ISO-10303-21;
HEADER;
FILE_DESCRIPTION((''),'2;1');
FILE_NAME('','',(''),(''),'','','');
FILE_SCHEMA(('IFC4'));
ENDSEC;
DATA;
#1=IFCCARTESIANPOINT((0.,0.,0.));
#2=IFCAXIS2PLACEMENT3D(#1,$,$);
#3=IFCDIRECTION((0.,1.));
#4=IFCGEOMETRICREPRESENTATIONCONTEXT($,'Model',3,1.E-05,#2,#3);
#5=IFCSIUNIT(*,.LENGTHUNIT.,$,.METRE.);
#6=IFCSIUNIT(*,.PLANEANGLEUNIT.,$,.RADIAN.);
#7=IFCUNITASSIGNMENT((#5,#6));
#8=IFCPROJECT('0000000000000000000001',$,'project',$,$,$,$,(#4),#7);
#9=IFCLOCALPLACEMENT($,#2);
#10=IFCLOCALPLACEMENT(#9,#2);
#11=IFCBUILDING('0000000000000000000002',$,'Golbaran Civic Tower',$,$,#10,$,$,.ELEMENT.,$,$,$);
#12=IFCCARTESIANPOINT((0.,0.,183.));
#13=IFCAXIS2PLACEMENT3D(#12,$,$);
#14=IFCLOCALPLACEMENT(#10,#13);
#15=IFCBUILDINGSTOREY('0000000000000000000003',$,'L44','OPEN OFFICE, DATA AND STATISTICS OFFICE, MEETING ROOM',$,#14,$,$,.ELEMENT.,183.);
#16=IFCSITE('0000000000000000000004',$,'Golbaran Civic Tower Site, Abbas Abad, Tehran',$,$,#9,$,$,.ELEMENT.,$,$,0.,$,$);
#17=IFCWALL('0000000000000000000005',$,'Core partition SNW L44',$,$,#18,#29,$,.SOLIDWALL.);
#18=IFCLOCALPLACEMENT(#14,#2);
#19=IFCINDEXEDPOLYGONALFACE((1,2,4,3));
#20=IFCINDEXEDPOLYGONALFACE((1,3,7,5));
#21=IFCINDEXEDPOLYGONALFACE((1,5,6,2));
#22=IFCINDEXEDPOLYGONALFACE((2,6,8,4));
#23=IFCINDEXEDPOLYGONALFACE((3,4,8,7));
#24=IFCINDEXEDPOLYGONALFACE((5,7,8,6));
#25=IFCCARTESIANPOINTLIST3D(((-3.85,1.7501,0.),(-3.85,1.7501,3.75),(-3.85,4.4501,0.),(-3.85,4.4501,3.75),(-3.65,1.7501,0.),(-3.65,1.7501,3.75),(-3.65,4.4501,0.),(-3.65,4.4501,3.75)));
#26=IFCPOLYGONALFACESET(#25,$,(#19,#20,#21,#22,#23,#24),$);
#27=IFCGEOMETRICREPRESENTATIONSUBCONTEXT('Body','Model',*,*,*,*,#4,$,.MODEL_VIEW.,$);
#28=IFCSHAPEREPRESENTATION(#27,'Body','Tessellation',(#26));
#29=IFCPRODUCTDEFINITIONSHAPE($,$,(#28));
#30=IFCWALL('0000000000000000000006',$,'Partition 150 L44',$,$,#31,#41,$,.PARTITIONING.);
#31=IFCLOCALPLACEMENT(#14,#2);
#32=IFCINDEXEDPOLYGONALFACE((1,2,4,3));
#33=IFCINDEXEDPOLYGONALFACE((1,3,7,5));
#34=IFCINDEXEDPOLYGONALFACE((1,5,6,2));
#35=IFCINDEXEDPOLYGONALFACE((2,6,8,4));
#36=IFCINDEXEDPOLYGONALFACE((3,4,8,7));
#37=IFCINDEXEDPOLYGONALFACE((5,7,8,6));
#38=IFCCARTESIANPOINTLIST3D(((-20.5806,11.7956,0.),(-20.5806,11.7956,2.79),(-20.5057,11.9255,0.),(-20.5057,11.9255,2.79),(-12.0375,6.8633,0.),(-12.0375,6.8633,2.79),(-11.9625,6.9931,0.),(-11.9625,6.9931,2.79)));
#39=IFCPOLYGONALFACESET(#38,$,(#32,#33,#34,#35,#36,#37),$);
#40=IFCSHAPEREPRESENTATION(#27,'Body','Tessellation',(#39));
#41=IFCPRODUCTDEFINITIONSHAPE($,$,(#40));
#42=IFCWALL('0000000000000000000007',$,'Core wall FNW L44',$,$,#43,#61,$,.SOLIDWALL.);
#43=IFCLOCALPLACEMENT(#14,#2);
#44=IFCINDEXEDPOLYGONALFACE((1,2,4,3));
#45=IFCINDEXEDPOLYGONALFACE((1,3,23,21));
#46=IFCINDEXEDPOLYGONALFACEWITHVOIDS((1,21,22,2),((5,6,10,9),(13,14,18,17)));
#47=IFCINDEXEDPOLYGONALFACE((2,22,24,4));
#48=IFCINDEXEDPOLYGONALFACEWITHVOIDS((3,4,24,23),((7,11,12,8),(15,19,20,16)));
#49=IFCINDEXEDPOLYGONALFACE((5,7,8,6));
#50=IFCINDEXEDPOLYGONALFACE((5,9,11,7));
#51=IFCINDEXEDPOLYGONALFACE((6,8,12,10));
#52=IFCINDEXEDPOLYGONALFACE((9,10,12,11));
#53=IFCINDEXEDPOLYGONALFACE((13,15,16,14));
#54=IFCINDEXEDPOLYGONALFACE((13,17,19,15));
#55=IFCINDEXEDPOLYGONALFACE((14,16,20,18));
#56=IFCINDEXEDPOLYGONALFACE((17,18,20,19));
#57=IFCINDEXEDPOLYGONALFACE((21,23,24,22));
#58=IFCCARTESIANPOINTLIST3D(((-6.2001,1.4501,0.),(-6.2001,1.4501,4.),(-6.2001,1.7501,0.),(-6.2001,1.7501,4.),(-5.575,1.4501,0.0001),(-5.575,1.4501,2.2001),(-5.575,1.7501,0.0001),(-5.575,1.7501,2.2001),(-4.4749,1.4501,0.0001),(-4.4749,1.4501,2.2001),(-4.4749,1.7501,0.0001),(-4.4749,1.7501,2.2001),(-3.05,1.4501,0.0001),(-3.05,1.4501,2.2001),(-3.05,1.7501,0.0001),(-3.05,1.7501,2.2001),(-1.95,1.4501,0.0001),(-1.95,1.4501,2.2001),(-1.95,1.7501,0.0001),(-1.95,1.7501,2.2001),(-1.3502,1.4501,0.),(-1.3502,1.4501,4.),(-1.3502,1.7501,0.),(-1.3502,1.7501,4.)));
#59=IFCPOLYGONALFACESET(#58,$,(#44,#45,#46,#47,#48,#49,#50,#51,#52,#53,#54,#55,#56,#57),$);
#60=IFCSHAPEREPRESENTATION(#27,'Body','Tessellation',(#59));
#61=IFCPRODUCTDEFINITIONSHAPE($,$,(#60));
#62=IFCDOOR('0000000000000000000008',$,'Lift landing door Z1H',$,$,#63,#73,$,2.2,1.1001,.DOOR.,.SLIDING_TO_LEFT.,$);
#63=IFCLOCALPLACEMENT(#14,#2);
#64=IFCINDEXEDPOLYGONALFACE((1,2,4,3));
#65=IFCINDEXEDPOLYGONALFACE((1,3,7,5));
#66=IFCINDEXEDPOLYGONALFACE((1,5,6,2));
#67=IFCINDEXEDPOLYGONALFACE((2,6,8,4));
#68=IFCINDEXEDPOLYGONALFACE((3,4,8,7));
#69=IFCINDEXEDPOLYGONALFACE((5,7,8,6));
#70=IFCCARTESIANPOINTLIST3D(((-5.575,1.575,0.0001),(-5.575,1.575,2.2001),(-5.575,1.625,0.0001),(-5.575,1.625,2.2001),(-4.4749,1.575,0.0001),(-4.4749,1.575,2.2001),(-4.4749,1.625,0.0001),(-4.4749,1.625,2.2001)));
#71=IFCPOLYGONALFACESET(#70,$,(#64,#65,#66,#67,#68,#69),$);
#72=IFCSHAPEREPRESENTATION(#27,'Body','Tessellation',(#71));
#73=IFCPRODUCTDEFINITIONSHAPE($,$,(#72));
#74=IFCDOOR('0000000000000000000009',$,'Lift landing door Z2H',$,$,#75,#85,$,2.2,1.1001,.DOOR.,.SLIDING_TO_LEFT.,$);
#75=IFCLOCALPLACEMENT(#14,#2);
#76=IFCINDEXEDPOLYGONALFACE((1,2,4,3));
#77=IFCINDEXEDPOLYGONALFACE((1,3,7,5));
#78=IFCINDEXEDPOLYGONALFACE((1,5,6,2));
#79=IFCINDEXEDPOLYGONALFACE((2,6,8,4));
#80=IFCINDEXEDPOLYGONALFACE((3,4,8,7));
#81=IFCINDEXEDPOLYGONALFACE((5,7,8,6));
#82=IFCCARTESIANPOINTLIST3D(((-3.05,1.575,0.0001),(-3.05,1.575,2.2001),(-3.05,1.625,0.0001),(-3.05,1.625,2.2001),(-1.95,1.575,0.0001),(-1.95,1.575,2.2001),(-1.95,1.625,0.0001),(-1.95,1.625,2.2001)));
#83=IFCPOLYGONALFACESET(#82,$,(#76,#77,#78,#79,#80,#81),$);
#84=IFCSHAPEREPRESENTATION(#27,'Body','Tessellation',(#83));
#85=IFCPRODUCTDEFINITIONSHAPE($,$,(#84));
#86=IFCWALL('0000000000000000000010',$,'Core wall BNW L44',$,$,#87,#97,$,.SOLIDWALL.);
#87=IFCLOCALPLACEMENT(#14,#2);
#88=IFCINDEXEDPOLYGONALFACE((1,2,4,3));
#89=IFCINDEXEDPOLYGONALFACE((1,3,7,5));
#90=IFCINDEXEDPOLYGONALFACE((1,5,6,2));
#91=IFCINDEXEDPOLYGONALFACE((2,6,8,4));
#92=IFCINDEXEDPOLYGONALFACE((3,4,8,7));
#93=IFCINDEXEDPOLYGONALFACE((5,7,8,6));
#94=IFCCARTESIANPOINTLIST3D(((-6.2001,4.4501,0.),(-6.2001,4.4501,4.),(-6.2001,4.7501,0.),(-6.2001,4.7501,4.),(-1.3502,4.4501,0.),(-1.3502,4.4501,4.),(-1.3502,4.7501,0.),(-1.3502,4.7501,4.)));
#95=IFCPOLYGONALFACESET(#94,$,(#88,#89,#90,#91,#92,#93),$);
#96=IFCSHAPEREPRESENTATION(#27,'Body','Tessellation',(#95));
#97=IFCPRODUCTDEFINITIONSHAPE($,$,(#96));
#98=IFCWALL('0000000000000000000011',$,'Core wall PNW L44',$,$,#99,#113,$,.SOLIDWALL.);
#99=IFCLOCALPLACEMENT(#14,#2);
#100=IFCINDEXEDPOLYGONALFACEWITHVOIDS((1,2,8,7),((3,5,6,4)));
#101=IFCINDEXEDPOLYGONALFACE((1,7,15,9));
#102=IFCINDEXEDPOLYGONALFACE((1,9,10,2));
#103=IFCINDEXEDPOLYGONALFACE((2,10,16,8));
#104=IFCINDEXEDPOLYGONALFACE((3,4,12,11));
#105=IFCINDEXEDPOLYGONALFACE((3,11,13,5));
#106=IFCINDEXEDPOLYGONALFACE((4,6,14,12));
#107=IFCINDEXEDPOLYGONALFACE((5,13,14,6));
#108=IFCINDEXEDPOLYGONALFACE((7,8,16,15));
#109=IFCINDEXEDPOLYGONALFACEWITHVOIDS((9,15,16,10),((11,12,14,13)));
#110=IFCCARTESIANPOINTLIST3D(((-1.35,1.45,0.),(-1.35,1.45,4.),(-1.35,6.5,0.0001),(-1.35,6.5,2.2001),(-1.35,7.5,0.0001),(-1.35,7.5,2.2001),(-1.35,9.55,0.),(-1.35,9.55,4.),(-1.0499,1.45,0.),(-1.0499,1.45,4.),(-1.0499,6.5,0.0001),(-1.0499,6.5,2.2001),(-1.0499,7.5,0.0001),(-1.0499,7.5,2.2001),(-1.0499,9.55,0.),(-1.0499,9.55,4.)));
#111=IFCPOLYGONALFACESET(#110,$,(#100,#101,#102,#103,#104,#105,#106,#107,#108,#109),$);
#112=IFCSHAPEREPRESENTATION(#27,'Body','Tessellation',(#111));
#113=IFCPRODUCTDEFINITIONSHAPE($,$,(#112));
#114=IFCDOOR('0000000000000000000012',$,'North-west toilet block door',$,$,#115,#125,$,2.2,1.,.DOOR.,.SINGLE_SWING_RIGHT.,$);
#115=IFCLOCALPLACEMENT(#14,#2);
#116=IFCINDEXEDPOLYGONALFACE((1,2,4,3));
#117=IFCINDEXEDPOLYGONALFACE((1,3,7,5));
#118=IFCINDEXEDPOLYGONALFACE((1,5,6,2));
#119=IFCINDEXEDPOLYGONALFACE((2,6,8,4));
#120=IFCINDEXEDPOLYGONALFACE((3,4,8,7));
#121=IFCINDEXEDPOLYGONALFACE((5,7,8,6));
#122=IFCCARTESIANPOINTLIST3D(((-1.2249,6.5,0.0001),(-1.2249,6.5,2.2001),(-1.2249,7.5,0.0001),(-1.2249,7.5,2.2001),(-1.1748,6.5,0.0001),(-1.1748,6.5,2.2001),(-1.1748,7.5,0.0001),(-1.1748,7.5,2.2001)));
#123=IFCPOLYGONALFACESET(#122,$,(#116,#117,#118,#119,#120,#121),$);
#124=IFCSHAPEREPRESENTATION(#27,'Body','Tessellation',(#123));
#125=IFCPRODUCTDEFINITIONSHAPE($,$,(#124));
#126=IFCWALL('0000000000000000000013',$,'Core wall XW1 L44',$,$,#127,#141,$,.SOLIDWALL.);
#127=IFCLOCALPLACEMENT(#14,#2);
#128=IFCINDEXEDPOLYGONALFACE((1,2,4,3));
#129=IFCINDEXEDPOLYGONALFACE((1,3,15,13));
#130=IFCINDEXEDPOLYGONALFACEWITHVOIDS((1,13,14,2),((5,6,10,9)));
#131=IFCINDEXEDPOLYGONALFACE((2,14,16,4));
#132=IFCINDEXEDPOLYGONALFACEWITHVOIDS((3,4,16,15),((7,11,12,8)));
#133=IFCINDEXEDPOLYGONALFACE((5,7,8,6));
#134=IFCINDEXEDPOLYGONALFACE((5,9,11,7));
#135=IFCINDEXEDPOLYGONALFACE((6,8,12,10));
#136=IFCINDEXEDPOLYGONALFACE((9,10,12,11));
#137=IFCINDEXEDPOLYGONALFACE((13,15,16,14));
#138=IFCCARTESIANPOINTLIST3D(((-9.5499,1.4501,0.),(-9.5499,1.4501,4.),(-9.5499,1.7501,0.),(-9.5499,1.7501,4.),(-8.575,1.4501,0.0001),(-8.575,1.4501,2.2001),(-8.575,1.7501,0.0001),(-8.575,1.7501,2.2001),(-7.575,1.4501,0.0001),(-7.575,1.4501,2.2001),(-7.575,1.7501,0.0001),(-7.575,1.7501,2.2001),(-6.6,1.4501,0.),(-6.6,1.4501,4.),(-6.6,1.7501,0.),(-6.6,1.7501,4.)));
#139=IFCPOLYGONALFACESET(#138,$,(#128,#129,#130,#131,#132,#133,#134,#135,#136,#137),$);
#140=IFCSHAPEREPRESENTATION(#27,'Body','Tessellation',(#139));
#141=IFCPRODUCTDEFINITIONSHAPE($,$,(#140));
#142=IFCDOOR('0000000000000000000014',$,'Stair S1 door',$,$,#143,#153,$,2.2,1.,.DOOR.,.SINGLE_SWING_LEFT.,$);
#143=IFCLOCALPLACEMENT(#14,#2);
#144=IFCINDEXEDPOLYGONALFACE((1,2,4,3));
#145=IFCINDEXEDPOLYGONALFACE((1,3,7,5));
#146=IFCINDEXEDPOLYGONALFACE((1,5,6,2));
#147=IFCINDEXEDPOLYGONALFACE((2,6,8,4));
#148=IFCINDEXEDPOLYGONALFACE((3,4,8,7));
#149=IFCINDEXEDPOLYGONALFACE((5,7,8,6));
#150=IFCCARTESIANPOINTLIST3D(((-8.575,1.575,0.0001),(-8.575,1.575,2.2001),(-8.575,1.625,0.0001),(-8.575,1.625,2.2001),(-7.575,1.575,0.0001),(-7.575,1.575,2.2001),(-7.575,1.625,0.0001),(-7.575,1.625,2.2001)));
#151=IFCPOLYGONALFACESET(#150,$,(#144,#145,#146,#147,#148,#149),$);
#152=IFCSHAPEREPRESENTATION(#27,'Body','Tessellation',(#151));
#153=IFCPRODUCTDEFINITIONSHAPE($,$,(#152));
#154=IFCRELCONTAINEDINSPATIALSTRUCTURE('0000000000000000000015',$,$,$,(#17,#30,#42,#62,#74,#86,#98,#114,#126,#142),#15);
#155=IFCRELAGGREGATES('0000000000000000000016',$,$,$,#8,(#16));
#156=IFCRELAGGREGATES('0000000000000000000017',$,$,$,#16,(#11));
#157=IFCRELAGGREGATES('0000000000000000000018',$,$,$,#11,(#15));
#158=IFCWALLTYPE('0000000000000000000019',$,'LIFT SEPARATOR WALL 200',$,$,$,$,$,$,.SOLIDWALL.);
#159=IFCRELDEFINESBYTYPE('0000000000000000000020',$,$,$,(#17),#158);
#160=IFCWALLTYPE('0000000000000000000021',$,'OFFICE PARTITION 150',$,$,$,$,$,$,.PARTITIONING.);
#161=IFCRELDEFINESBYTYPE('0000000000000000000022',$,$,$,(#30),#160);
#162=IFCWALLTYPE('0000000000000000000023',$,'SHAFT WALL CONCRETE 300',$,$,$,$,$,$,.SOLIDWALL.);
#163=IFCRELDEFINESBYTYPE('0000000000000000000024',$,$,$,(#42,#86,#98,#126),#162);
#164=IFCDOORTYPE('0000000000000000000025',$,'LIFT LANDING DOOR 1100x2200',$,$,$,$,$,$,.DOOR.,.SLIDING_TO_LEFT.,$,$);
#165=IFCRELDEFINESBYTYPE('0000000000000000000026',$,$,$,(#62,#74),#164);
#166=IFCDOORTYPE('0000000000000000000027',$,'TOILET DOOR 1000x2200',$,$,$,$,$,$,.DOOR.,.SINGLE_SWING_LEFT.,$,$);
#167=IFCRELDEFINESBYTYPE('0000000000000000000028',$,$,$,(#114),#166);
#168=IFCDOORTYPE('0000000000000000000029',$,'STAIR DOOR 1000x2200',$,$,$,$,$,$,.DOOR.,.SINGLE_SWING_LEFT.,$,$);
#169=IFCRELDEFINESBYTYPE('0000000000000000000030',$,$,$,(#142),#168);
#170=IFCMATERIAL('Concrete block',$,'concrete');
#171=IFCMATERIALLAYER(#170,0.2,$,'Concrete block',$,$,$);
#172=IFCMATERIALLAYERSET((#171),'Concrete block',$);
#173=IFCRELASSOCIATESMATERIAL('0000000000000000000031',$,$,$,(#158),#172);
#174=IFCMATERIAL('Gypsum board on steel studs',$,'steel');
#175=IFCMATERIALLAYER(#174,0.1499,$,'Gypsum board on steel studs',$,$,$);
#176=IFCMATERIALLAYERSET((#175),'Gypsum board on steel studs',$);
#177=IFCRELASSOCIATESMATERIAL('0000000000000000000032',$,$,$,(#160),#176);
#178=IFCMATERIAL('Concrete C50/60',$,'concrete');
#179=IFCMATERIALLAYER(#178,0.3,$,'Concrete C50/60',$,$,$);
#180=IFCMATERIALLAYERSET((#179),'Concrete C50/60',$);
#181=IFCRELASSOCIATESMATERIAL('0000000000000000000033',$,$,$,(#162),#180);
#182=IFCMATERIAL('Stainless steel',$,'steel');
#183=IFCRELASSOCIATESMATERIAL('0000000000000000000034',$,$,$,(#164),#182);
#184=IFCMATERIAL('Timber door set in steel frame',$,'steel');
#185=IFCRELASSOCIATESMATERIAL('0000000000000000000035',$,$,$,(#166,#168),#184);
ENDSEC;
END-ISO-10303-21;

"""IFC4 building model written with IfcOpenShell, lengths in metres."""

from ifc_helpers import new_model, si_unit, direction, frame, frame_2d, origin, place, context, subcontext, project, spatial, rectangle, extrude, material, layer, layer_set, type_object, element, fill, save


model = new_model("IFC4")

# Units and contexts
model_context = context("Model", 3, precision=1e-05, world=origin(), true_north=direction((0.0, 1.0)))
body_context = subcontext(model_context, "Body", "Model", "MODEL_VIEW")
ifc_project = project(units=[si_unit("LENGTHUNIT", "METRE"), si_unit("PLANEANGLEUNIT", "RADIAN")], contexts=[model_context])

# Site, building, storey
site_placement = place(None, origin())
site = spatial("IfcSite", under=ifc_project, at=site_placement, Name="Golbaran Civic Tower Site, Abbas Abad, Tehran", CompositionType="ELEMENT", RefElevation=0.0)
building_placement = place(site_placement, origin())
building = spatial("IfcBuilding", under=site, at=building_placement, Name="Golbaran Civic Tower", CompositionType="ELEMENT")
storey_placement = place(building_placement, frame((0.0, 0.0, 183.0)))
storey = spatial("IfcBuildingStorey", under=building, at=storey_placement, Name="L44", Description="OPEN OFFICE, DATA AND STATISTICS OFFICE, MEETING ROOM", CompositionType="ELEMENT", Elevation=183.0)

# Shared definitions
ifc_material_1 = material(Name="Concrete C50/60", Category="concrete")
ifc_material_2 = material(Name="Timber door set in steel frame", Category="steel")

# Walls
ifc_material_3 = material(Name="Concrete block", Category="concrete")
ifc_layer_1 = layer(ifc_material_3, 0.2, Name="Concrete block")
ifc_layer_set_1 = layer_set([ifc_layer_1], Name="Concrete block")
wall_type_1 = type_object("IfcWallType", Name="LIFT SEPARATOR WALL 200", PredefinedType="SOLIDWALL", material=ifc_layer_set_1)
wall_1_placement = place(storey_placement, frame((-3.75, 1.75, 0.0), z_axis=(0.0, 0.0, 1.0), x_axis=(0.0, 1.0, 0.0)))
element("IfcWall", 1, at=wall_1_placement, inside=storey, type_object=wall_type_1, Name="Core partition SNW L44", PredefinedType="SOLIDWALL", context=body_context, shape_type="SweptSolid", body=[
    extrude(rectangle(XDim=2.7, YDim=0.2, at=frame_2d((1.3501, 0.0))), origin(), (0.0, 0.0, 1.0), 3.75),
])
ifc_material_4 = material(Name="Gypsum board on steel studs", Category="steel")
ifc_layer_2 = layer(ifc_material_4, 0.1499, Name="Gypsum board on steel studs")
ifc_layer_set_2 = layer_set([ifc_layer_2], Name="Gypsum board on steel studs")
wall_type_2 = type_object("IfcWallType", Name="OFFICE PARTITION 150", PredefinedType="PARTITIONING", material=ifc_layer_set_2)
wall_2_placement = place(storey_placement, frame((-12.0, 6.9282, 0.0), z_axis=(0.0, 0.0, 1.0), x_axis=(-0.866028, 0.499996, 0.0)))
element("IfcWall", 2, at=wall_2_placement, inside=storey, type_object=wall_type_2, Name="Partition 150 L44", PredefinedType="PARTITIONING", context=body_context, shape_type="SweptSolid", body=[
    extrude(rectangle(XDim=9.8647, YDim=0.1499, at=frame_2d((4.9324, 0.0))), origin(), (0.0, 0.0, 1.0), 2.79),
])

# Wall, openings, doors
ifc_layer_3 = layer(ifc_material_1, 0.3, Name="Concrete C50/60")
ifc_layer_set_3 = layer_set([ifc_layer_3], Name="Concrete C50/60")
wall_type_3 = type_object("IfcWallType", Name="SHAFT WALL CONCRETE 300", PredefinedType="SOLIDWALL", material=ifc_layer_set_3)
wall_3_placement = place(storey_placement, frame((-6.2, 1.6001, 0.0), z_axis=(0.0, 0.0, 1.0), x_axis=(1.0, 0.0, 0.0)))
wall_3 = element("IfcWall", 3, at=wall_3_placement, inside=storey, type_object=wall_type_3, Name="Core wall FNW L44", PredefinedType="SOLIDWALL", context=body_context, shape_type="SweptSolid", body=[
    extrude(rectangle(XDim=4.8499, YDim=0.3, at=frame_2d((2.4248, 0.0))), origin(), (0.0, 0.0, 1.0), 4.0),
])
opening_1_placement = place(wall_3_placement, frame((0.625, 0.0, 0.0)))
opening_1 = element("IfcOpeningElement", 4, at=opening_1_placement, cuts=wall_3, PredefinedType="OPENING", context=body_context, shape_type="SweptSolid", body=[
    extrude(rectangle(XDim=1.1001, YDim=2.2, at=frame_2d((0.55, 1.1001))), frame((0.0, 0.1599, 0.0), z_axis=(0.0, -1.0, 0.0), x_axis=(1.0, 0.0, 0.0)), (0.0, 0.0, 1.0), 0.3201),
])
opening_2_placement = place(wall_3_placement, frame((3.1499, 0.0, 0.0)))
opening_2 = element("IfcOpeningElement", 5, at=opening_2_placement, cuts=wall_3, PredefinedType="OPENING", context=body_context, shape_type="SweptSolid", body=[
    extrude(rectangle(XDim=1.1001, YDim=2.2, at=frame_2d((0.55, 1.1001))), frame((0.0, 0.1599, 0.0), z_axis=(0.0, -1.0, 0.0), x_axis=(1.0, 0.0, 0.0)), (0.0, 0.0, 1.0), 0.3201),
])
ifc_material_5 = material(Name="Stainless steel", Category="steel")
door_type_1 = type_object("IfcDoorType", Name="LIFT LANDING DOOR 1100x2200", OperationType="SLIDING_TO_LEFT", PredefinedType="DOOR", material=ifc_material_5)
door_1_placement = place(opening_1_placement, origin())
door_1 = element("IfcDoor", 6, at=door_1_placement, inside=storey, type_object=door_type_1, Name="Lift landing door Z1H", OperationType="SLIDING_TO_LEFT", OverallHeight=2.2, OverallWidth=1.1001, PredefinedType="DOOR", context=body_context, shape_type="SweptSolid", body=[
    extrude(rectangle(XDim=1.1001, YDim=2.2, at=frame_2d((0.55, 1.1001))), frame((0.0, 0.0249, 0.0), z_axis=(0.0, -1.0, 0.0), x_axis=(1.0, 0.0, 0.0)), (0.0, 0.0, 1.0), 0.05),
])
fill(opening_1, door_1)
door_2_placement = place(opening_2_placement, origin())
door_2 = element("IfcDoor", 7, at=door_2_placement, inside=storey, type_object=door_type_1, Name="Lift landing door Z2H", OperationType="SLIDING_TO_LEFT", OverallHeight=2.2, OverallWidth=1.1001, PredefinedType="DOOR", context=body_context, shape_type="SweptSolid", body=[
    extrude(rectangle(XDim=1.1001, YDim=2.2, at=frame_2d((0.55, 1.1001))), frame((0.0, 0.0249, 0.0), z_axis=(0.0, -1.0, 0.0), x_axis=(1.0, 0.0, 0.0)), (0.0, 0.0, 1.0), 0.05),
])
fill(opening_2, door_2)

# Wall
wall_4_placement = place(storey_placement, frame((-6.2, 4.6001, 0.0), z_axis=(0.0, 0.0, 1.0), x_axis=(1.0, 0.0, 0.0)))
element("IfcWall", 8, at=wall_4_placement, inside=storey, type_object=wall_type_3, Name="Core wall BNW L44", PredefinedType="SOLIDWALL", context=body_context, shape_type="SweptSolid", body=[
    extrude(rectangle(XDim=4.8499, YDim=0.3, at=frame_2d((2.4248, 0.0))), origin(), (0.0, 0.0, 1.0), 4.0),
])

# Walls, openings, doors
wall_5_placement = place(storey_placement, frame((-1.2, 1.45, 0.0), z_axis=(0.0, 0.0, 1.0), x_axis=(0.0, 1.0, 0.0)))
wall_5 = element("IfcWall", 9, at=wall_5_placement, inside=storey, type_object=wall_type_3, Name="Core wall PNW L44", PredefinedType="SOLIDWALL", context=body_context, shape_type="SweptSolid", body=[
    extrude(rectangle(XDim=8.1001, YDim=0.3, at=frame_2d((4.05, 0.0))), origin(), (0.0, 0.0, 1.0), 4.0),
])
opening_3_placement = place(wall_5_placement, frame((5.05, 0.0, 0.0)))
opening_3 = element("IfcOpeningElement", 10, at=opening_3_placement, cuts=wall_5, PredefinedType="OPENING", context=body_context, shape_type="SweptSolid", body=[
    extrude(rectangle(XDim=1.0, YDim=2.2, at=frame_2d((0.5, 1.1001))), frame((0.0, 0.1599, 0.0), z_axis=(0.0, -1.0, 0.0), x_axis=(1.0, 0.0, 0.0)), (0.0, 0.0, 1.0), 0.3201),
])
door_type_2 = type_object("IfcDoorType", Name="TOILET DOOR 1000x2200", OperationType="SINGLE_SWING_LEFT", PredefinedType="DOOR", material=ifc_material_2)
door_3_placement = place(opening_3_placement, origin())
door_3 = element("IfcDoor", 11, at=door_3_placement, inside=storey, type_object=door_type_2, Name="North-west toilet block door", OperationType="SINGLE_SWING_RIGHT", OverallHeight=2.2, OverallWidth=1.0, PredefinedType="DOOR", context=body_context, shape_type="SweptSolid", body=[
    extrude(rectangle(XDim=1.0, YDim=2.2, at=frame_2d((0.5, 1.1001))), frame((0.0, 0.0249, 0.0), z_axis=(0.0, -1.0, 0.0), x_axis=(1.0, 0.0, 0.0)), (0.0, 0.0, 1.0), 0.05),
])
fill(opening_3, door_3)
wall_6_placement = place(storey_placement, frame((-9.55, 1.6001, 0.0), z_axis=(0.0, 0.0, 1.0), x_axis=(1.0, 0.0, 0.0)))
wall_6 = element("IfcWall", 12, at=wall_6_placement, inside=storey, type_object=wall_type_3, Name="Core wall XW1 L44", PredefinedType="SOLIDWALL", context=body_context, shape_type="SweptSolid", body=[
    extrude(rectangle(XDim=2.95, YDim=0.3, at=frame_2d((1.4751, 0.0))), origin(), (0.0, 0.0, 1.0), 4.0),
])
opening_4_placement = place(wall_6_placement, frame((0.9751, 0.0, 0.0)))
opening_4 = element("IfcOpeningElement", 13, at=opening_4_placement, cuts=wall_6, PredefinedType="OPENING", context=body_context, shape_type="SweptSolid", body=[
    extrude(rectangle(XDim=1.0, YDim=2.2, at=frame_2d((0.5, 1.1001))), frame((0.0, 0.1599, 0.0), z_axis=(0.0, -1.0, 0.0), x_axis=(1.0, 0.0, 0.0)), (0.0, 0.0, 1.0), 0.3201),
])
door_type_3 = type_object("IfcDoorType", Name="STAIR DOOR 1000x2200", OperationType="SINGLE_SWING_LEFT", PredefinedType="DOOR", material=ifc_material_2)
door_4_placement = place(opening_4_placement, origin())
door_4 = element("IfcDoor", 14, at=door_4_placement, inside=storey, type_object=door_type_3, Name="Stair S1 door", OperationType="SINGLE_SWING_LEFT", OverallHeight=2.2, OverallWidth=1.0, PredefinedType="DOOR", context=body_context, shape_type="SweptSolid", body=[
    extrude(rectangle(XDim=1.0, YDim=2.2, at=frame_2d((0.5, 1.1001))), frame((0.0, 0.0249, 0.0), z_axis=(0.0, -1.0, 0.0), x_axis=(1.0, 0.0, 0.0)), (0.0, 0.0, 1.0), 0.05),
])
fill(opening_4, door_4)

save(model, "model.ifc")
